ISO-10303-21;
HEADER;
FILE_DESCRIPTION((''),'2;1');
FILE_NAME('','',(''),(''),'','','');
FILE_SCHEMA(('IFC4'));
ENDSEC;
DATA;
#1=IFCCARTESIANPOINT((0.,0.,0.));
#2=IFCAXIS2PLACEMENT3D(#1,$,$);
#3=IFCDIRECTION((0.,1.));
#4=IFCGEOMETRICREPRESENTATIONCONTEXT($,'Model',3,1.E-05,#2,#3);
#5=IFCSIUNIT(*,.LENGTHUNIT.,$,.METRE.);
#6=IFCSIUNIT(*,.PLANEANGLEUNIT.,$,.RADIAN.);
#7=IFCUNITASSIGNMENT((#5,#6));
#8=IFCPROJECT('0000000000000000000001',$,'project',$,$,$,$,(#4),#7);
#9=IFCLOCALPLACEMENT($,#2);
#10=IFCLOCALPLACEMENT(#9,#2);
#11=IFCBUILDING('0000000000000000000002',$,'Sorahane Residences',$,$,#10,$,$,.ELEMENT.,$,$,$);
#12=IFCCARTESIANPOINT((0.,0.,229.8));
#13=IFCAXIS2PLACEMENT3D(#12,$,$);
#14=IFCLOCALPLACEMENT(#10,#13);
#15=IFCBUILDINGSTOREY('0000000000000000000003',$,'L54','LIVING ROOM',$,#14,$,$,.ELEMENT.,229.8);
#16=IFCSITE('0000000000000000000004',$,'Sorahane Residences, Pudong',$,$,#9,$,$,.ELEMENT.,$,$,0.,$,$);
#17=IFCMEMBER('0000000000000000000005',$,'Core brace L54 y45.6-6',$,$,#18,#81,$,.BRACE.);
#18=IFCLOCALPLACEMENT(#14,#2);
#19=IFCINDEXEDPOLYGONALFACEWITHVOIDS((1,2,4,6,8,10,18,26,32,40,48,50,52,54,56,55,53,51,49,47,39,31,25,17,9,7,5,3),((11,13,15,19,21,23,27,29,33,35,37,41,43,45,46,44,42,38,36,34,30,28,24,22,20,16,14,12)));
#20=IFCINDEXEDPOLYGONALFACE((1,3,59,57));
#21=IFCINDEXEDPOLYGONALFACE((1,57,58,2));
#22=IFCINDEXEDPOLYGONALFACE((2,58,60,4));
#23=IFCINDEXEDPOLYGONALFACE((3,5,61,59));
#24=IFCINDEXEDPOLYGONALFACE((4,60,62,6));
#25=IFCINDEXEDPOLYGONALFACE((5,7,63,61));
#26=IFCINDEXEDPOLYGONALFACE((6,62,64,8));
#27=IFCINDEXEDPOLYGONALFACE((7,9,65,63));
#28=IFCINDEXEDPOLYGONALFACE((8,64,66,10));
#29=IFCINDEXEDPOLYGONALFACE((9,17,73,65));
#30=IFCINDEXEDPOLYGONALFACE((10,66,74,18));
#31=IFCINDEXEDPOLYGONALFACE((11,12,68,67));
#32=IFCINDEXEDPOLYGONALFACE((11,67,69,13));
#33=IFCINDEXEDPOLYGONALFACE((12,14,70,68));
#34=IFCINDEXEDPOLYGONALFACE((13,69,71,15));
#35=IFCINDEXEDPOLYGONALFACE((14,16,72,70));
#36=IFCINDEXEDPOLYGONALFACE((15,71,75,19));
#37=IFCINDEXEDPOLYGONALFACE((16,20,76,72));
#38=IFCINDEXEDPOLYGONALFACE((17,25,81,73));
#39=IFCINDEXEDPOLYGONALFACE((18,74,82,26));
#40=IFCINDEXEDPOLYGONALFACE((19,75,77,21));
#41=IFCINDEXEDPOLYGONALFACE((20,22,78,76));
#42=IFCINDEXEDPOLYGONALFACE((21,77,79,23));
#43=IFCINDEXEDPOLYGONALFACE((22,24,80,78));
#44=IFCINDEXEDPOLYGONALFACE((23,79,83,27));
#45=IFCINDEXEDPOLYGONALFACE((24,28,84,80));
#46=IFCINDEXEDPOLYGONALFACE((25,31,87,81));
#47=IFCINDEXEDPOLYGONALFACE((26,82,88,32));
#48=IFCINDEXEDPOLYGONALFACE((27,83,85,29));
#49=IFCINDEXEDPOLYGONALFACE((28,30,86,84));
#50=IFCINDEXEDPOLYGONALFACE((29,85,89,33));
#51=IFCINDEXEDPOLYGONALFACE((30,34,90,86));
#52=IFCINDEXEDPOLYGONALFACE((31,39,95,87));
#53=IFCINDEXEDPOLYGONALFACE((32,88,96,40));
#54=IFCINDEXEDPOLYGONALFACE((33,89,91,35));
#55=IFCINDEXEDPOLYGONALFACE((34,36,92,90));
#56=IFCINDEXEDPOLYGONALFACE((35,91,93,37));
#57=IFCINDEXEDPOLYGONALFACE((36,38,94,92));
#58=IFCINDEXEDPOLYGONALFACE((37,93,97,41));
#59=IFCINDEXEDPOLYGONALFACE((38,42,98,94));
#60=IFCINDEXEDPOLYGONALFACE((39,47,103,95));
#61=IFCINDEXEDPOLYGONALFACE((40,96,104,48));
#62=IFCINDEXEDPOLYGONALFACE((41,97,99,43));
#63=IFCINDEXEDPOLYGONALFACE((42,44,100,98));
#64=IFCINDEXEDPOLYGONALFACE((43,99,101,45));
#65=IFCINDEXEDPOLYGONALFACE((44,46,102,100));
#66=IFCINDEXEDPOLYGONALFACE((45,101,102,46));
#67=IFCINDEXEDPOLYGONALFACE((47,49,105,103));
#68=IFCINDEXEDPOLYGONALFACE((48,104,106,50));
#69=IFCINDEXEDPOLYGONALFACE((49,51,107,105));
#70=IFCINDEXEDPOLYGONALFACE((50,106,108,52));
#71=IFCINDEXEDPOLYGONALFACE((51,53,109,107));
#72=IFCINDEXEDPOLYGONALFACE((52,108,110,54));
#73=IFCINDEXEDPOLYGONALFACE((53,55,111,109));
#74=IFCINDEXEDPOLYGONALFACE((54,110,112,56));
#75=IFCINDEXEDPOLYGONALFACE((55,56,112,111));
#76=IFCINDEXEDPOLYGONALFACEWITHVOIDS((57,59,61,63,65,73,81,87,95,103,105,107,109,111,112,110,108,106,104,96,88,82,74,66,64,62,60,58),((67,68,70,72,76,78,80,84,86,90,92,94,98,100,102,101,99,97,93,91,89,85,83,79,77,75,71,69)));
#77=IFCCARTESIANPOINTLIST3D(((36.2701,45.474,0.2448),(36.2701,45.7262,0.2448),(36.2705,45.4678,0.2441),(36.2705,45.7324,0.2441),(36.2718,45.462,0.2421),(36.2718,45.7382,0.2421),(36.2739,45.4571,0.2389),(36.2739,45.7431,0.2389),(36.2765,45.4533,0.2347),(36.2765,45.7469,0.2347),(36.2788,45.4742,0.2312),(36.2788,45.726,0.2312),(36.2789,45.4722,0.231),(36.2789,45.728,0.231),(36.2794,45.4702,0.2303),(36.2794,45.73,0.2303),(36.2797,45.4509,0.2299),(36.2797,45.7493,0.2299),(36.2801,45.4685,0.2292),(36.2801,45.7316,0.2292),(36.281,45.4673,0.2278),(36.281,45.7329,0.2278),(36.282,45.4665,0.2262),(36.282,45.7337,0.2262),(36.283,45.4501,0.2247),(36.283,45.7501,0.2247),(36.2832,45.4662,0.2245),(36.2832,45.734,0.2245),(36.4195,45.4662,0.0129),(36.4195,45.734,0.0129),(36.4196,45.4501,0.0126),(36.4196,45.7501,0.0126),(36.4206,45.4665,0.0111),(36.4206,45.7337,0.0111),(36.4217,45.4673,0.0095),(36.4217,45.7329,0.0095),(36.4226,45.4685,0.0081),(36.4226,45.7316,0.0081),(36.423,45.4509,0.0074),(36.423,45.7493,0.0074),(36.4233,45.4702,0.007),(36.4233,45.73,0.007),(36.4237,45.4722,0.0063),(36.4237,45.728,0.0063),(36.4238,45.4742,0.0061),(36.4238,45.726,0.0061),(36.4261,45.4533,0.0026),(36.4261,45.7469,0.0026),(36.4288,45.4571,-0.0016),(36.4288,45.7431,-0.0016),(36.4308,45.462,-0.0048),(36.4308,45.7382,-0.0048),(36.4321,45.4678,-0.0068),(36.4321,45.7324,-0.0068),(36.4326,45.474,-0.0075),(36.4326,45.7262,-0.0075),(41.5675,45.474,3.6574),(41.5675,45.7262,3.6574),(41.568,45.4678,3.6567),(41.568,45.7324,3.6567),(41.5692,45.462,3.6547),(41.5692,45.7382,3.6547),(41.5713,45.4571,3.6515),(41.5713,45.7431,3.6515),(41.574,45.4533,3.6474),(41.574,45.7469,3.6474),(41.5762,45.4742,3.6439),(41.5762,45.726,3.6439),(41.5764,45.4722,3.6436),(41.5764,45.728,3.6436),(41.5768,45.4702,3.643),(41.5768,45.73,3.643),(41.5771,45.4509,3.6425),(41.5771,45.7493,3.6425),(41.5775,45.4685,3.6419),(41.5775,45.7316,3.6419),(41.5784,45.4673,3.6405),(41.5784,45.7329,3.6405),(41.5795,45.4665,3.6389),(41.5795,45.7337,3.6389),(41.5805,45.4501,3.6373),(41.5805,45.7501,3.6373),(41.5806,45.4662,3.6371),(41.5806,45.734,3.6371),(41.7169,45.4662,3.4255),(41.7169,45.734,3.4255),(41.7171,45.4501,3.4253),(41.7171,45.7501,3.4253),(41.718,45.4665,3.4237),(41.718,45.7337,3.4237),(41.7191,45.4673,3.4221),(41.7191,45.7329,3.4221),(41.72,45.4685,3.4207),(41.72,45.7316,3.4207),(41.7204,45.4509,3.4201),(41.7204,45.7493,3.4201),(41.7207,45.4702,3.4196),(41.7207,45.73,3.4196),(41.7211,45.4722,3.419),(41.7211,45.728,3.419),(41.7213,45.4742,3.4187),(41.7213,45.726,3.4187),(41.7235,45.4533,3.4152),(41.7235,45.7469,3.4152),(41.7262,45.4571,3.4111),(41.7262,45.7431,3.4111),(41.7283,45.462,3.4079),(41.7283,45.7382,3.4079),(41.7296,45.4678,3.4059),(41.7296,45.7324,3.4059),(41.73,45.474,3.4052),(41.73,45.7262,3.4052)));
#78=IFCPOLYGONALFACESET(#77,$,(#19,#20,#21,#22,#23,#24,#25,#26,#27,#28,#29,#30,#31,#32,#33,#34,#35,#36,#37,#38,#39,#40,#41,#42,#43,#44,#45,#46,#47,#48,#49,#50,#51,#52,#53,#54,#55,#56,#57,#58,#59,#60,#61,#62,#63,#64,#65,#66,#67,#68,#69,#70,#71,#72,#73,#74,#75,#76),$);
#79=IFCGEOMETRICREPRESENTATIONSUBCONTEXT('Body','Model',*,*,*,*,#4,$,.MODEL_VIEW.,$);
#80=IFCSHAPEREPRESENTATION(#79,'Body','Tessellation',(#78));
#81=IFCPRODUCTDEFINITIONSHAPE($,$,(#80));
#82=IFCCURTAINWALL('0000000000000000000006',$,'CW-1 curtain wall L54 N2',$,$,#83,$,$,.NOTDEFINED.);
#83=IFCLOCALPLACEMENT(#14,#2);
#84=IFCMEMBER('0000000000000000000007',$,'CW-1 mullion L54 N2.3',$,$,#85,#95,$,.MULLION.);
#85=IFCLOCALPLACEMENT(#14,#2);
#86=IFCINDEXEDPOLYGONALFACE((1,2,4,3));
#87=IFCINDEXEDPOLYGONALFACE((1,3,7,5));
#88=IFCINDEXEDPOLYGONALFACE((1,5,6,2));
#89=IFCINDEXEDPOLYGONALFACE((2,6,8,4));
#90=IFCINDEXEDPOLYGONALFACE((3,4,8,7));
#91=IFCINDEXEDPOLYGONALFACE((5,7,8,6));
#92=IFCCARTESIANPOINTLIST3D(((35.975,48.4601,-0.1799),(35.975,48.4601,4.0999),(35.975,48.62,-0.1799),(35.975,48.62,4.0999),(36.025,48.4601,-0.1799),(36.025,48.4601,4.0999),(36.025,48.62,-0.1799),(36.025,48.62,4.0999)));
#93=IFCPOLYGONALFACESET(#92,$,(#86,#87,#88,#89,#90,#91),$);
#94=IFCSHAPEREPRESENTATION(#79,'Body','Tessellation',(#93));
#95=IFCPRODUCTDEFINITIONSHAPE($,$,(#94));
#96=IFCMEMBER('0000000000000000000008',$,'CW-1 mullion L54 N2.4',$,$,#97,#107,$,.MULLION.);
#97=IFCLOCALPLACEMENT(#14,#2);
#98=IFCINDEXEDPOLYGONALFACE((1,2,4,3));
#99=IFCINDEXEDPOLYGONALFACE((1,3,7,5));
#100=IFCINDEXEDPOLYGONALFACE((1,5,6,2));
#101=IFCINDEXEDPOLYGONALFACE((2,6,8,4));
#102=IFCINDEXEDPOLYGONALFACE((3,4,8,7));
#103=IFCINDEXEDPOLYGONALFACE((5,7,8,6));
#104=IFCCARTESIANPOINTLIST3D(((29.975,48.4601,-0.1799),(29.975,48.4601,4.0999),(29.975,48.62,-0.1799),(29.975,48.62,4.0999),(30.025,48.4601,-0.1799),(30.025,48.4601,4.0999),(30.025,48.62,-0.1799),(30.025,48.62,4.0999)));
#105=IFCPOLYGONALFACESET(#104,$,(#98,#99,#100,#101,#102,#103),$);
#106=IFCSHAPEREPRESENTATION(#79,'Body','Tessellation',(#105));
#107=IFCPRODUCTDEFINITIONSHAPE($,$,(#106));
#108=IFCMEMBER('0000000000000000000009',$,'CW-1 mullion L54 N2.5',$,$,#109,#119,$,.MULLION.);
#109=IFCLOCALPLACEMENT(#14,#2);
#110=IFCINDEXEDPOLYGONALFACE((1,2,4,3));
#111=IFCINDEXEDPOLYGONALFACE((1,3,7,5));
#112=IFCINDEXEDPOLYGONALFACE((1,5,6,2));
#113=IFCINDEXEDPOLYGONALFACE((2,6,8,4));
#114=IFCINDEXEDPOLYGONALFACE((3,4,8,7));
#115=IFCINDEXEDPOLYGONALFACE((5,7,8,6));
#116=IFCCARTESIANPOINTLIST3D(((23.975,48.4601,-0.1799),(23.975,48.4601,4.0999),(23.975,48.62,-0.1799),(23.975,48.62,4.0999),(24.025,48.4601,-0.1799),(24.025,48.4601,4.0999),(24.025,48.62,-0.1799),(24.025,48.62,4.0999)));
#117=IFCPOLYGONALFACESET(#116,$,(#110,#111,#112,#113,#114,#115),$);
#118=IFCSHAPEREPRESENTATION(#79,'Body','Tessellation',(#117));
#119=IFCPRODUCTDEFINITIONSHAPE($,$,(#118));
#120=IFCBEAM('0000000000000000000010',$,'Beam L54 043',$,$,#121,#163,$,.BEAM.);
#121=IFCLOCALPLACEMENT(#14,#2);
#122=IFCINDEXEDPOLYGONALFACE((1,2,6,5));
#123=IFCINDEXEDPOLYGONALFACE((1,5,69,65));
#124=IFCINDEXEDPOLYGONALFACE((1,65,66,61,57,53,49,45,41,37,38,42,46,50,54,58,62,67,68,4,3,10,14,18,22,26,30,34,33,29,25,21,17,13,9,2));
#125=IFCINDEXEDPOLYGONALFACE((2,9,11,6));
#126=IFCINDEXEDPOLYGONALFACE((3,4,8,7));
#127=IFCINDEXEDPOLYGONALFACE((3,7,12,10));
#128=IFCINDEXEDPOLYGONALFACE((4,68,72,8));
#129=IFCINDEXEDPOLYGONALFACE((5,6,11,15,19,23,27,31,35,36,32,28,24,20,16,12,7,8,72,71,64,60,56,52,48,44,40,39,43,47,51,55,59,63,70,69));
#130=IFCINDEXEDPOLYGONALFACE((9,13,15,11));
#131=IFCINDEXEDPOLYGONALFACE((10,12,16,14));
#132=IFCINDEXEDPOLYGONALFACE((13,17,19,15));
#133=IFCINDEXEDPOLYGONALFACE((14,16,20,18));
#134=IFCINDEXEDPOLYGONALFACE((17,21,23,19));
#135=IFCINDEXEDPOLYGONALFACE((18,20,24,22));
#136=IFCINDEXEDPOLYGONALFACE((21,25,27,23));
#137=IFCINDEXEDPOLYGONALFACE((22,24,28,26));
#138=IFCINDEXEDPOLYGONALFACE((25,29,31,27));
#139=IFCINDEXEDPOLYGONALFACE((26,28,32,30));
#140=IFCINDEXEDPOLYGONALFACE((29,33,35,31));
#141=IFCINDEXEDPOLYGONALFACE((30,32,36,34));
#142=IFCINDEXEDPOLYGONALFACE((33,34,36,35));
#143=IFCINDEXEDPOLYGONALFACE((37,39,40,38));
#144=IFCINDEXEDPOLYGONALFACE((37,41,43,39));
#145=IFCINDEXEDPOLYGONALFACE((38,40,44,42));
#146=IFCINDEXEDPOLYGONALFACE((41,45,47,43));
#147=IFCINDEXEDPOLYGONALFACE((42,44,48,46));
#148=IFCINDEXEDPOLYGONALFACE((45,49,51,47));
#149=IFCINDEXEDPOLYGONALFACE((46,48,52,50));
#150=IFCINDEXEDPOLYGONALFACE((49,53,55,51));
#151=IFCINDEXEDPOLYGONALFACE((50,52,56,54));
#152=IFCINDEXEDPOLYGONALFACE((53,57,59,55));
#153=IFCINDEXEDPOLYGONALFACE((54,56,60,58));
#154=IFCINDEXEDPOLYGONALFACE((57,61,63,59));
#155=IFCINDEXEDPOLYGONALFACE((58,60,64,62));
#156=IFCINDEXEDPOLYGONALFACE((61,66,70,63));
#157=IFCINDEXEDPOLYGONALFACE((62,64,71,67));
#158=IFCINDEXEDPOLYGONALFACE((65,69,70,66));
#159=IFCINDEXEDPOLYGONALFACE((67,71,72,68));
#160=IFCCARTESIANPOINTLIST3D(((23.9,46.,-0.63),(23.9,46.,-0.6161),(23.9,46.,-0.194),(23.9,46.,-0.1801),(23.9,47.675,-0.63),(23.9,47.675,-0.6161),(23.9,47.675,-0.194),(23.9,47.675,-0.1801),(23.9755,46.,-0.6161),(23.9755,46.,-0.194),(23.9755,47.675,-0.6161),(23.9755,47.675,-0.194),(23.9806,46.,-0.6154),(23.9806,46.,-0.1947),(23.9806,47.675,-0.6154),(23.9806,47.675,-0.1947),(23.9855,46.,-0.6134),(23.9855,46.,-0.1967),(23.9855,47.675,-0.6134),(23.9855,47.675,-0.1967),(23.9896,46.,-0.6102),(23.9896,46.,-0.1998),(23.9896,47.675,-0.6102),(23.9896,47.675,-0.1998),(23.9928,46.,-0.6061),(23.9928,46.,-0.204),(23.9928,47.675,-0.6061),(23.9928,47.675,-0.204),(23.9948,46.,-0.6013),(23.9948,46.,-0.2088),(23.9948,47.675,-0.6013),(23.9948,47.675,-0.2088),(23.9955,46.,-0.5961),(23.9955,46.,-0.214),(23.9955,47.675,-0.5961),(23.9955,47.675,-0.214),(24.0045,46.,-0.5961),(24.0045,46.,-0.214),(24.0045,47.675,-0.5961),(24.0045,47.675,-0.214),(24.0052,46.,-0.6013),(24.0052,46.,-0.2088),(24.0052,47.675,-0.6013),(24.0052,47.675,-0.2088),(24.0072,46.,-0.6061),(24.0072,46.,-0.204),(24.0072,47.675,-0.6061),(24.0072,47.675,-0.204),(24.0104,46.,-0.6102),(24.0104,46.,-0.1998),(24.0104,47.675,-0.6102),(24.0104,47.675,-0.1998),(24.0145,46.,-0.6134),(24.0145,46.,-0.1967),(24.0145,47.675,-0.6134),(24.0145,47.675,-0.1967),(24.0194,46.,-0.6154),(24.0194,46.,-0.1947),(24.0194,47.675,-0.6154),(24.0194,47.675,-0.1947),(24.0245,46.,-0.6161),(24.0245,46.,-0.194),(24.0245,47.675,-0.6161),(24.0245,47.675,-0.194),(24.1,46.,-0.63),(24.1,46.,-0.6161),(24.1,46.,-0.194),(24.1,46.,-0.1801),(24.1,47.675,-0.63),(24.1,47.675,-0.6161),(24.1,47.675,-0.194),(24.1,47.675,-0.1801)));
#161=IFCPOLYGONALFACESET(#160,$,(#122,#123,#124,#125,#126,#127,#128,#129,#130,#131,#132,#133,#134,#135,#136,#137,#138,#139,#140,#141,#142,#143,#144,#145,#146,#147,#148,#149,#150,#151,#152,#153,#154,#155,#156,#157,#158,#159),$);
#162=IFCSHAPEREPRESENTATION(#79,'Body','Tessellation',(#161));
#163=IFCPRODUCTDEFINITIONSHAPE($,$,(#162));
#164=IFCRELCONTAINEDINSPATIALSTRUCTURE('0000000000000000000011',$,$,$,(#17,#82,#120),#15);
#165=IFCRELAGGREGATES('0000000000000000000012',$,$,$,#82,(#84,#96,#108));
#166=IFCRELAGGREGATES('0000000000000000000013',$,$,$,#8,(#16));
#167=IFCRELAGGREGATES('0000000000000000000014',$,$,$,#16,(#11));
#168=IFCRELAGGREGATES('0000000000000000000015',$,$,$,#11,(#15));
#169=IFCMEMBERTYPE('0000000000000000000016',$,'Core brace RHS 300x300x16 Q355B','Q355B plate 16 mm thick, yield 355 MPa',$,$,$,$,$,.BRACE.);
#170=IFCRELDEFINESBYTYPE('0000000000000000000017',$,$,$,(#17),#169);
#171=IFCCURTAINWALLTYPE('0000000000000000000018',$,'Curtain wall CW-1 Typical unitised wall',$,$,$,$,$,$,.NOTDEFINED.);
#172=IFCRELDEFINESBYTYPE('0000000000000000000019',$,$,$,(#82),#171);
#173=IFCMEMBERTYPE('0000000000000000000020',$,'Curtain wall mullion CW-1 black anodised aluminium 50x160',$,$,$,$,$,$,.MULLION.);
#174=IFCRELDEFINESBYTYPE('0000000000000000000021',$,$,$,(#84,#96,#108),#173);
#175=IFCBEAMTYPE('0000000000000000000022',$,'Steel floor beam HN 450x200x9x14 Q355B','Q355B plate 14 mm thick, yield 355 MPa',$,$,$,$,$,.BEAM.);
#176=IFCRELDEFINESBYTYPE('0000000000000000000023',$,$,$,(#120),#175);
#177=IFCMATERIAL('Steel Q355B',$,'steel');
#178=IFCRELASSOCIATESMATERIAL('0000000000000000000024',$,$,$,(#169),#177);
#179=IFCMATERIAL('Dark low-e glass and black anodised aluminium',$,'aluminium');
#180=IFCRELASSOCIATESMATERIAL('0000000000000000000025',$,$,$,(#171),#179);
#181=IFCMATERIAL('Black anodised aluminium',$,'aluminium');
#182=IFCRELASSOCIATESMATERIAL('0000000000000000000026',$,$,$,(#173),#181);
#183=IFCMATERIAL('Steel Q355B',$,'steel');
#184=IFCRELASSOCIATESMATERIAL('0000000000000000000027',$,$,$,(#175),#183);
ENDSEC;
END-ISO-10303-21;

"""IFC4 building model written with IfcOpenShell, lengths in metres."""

from ifc_helpers import new_model, si_unit, direction, frame, origin, origin_2d, place, context, subcontext, project, spatial, rectangle, hollow_rectangle, i_section, extrude, material, material_profile, profile_set, type_object, element, aggregate, save


model = new_model("IFC4")

# Units and contexts
model_context = context("Model", 3, precision=1e-05, world=origin(), true_north=direction((0.0, 1.0)))
body_context = subcontext(model_context, "Body", "Model", "MODEL_VIEW")
ifc_project = project(units=[si_unit("LENGTHUNIT", "METRE"), si_unit("PLANEANGLEUNIT", "RADIAN")], contexts=[model_context])

# Site, building, storey
site_placement = place(None, origin())
site = spatial("IfcSite", under=ifc_project, at=site_placement, Name="Sorahane Residences, Pudong", CompositionType="ELEMENT", RefElevation=0.0)
building_placement = place(site_placement, origin())
building = spatial("IfcBuilding", under=site, at=building_placement, Name="Sorahane Residences", CompositionType="ELEMENT")
storey_placement = place(building_placement, frame((0.0, 0.0, 229.8)))
storey = spatial("IfcBuildingStorey", under=building, at=storey_placement, Name="L54", Description="LIVING ROOM", CompositionType="ELEMENT", Elevation=229.8)

# Member
ifc_material_1 = material(Name="Steel Q355B", Category="steel")
ifc_material_profile_1 = material_profile(ifc_material_1, hollow_rectangle(XDim=0.3, YDim=0.3, WallThickness=0.0161, InnerFilletRadius=0.0081, OuterFilletRadius=0.0239, at=origin_2d()), Name="RHS 300x300x16")
ifc_profile_set_1 = profile_set([ifc_material_profile_1], Name="Steel Q355B")
member_type_1 = type_object("IfcMemberType", Name="Core brace RHS 300x300x16 Q355B", Description="Q355B plate 16 mm thick, yield 355 MPa", PredefinedType="BRACE", material=ifc_profile_set_1)
for number, where, z_axis, x_axis, name in (
    (1, (36.3513, 45.6001, 0.1187), (0.840662, 0.0, 0.54156), (0.0, 1.0, 0.0), "Core brace L54 y45.6-6"),
):
    element("IfcMember", number, at=place(storey_placement, frame(where, z_axis=z_axis, x_axis=x_axis)), inside=storey, type_object=member_type_1, Name=name, PredefinedType="BRACE", context=body_context, shape_type="SweptSolid", body=[
        extrude(hollow_rectangle(XDim=0.3, YDim=0.3, WallThickness=0.0161, InnerFilletRadius=0.0081, OuterFilletRadius=0.0239, at=origin_2d()), origin(), (0.0, 0.0, 1.0), 6.3015),
    ])

# Curtain wall, members
ifc_material_2 = material(Name="Dark low-e glass and black anodised aluminium", Category="aluminium")
curtain_wall_type = type_object("IfcCurtainWallType", Name="Curtain wall CW-1 Typical unitised wall", PredefinedType="NOTDEFINED", material=ifc_material_2)
curtain_wall_placement = place(storey_placement, origin())
curtain_wall = element("IfcCurtainWall", 2, at=curtain_wall_placement, inside=storey, type_object=curtain_wall_type, Name="CW-1 curtain wall L54 N2", PredefinedType="NOTDEFINED")
ifc_material_3 = material(Name="Black anodised aluminium", Category="aluminium")
ifc_material_profile_2 = material_profile(ifc_material_3, rectangle(XDim=0.1599, YDim=0.05, at=origin_2d()), Name="Curtain wall mullion CW-1 black anodised aluminium 50x160")
ifc_profile_set_2 = profile_set([ifc_material_profile_2], Name="Black anodised aluminium")
member_type_2 = type_object("IfcMemberType", Name="Curtain wall mullion CW-1 black anodised aluminium 50x160", PredefinedType="MULLION", material=ifc_profile_set_2)
member_1_placement = place(storey_placement, frame((36.0, 48.54, -0.1799), z_axis=(0.0, 0.0, 1.0), x_axis=(0.0, 1.0, 0.0)))
member_1 = element("IfcMember", 3, at=member_1_placement, type_object=member_type_2, Name="CW-1 mullion L54 N2.3", PredefinedType="MULLION", context=body_context, shape_type="SweptSolid", body=[
    extrude(rectangle(XDim=0.1599, YDim=0.05, at=origin_2d()), origin(), (0.0, 0.0, 1.0), 4.2798),
])
member_2_placement = place(storey_placement, frame((30.0, 48.54, -0.1799), z_axis=(0.0, 0.0, 1.0), x_axis=(0.0, 1.0, 0.0)))
member_2 = element("IfcMember", 4, at=member_2_placement, type_object=member_type_2, Name="CW-1 mullion L54 N2.4", PredefinedType="MULLION", context=body_context, shape_type="SweptSolid", body=[
    extrude(rectangle(XDim=0.1599, YDim=0.05, at=origin_2d()), origin(), (0.0, 0.0, 1.0), 4.2798),
])
member_3_placement = place(storey_placement, frame((24.0, 48.54, -0.1799), z_axis=(0.0, 0.0, 1.0), x_axis=(0.0, 1.0, 0.0)))
member_3 = element("IfcMember", 5, at=member_3_placement, type_object=member_type_2, Name="CW-1 mullion L54 N2.5", PredefinedType="MULLION", context=body_context, shape_type="SweptSolid", body=[
    extrude(rectangle(XDim=0.1599, YDim=0.05, at=origin_2d()), origin(), (0.0, 0.0, 1.0), 4.2798),
])

# Beam
ifc_material_4 = material(Name="Steel Q355B", Category="steel")
ifc_material_profile_3 = material_profile(ifc_material_4, i_section(OverallWidth=0.2, OverallDepth=0.45, WebThickness=0.009, FlangeThickness=0.0139, FilletRadius=0.02, at=origin_2d()), Name="HN 450x200x9x14")
ifc_profile_set_3 = profile_set([ifc_material_profile_3], Name="Steel Q355B")
beam_type_1 = type_object("IfcBeamType", Name="Steel floor beam HN 450x200x9x14 Q355B", Description="Q355B plate 14 mm thick, yield 355 MPa", PredefinedType="BEAM", material=ifc_profile_set_3)
beam_1_placement = place(storey_placement, frame((24.0, 46.0, -0.405), z_axis=(0.0, 1.0, 0.0), x_axis=(-1.0, 0.0, 0.0)))
element("IfcBeam", 6, at=beam_1_placement, inside=storey, type_object=beam_type_1, Name="Beam L54 043", PredefinedType="BEAM", context=body_context, shape_type="SweptSolid", body=[
    extrude(i_section(OverallWidth=0.2, OverallDepth=0.45, WebThickness=0.009, FlangeThickness=0.0139, FilletRadius=0.02, at=origin_2d()), origin(), (0.0, 0.0, 1.0), 1.675),
])

aggregate(curtain_wall, [member_1, member_2, member_3])

save(model, "model.ifc")
